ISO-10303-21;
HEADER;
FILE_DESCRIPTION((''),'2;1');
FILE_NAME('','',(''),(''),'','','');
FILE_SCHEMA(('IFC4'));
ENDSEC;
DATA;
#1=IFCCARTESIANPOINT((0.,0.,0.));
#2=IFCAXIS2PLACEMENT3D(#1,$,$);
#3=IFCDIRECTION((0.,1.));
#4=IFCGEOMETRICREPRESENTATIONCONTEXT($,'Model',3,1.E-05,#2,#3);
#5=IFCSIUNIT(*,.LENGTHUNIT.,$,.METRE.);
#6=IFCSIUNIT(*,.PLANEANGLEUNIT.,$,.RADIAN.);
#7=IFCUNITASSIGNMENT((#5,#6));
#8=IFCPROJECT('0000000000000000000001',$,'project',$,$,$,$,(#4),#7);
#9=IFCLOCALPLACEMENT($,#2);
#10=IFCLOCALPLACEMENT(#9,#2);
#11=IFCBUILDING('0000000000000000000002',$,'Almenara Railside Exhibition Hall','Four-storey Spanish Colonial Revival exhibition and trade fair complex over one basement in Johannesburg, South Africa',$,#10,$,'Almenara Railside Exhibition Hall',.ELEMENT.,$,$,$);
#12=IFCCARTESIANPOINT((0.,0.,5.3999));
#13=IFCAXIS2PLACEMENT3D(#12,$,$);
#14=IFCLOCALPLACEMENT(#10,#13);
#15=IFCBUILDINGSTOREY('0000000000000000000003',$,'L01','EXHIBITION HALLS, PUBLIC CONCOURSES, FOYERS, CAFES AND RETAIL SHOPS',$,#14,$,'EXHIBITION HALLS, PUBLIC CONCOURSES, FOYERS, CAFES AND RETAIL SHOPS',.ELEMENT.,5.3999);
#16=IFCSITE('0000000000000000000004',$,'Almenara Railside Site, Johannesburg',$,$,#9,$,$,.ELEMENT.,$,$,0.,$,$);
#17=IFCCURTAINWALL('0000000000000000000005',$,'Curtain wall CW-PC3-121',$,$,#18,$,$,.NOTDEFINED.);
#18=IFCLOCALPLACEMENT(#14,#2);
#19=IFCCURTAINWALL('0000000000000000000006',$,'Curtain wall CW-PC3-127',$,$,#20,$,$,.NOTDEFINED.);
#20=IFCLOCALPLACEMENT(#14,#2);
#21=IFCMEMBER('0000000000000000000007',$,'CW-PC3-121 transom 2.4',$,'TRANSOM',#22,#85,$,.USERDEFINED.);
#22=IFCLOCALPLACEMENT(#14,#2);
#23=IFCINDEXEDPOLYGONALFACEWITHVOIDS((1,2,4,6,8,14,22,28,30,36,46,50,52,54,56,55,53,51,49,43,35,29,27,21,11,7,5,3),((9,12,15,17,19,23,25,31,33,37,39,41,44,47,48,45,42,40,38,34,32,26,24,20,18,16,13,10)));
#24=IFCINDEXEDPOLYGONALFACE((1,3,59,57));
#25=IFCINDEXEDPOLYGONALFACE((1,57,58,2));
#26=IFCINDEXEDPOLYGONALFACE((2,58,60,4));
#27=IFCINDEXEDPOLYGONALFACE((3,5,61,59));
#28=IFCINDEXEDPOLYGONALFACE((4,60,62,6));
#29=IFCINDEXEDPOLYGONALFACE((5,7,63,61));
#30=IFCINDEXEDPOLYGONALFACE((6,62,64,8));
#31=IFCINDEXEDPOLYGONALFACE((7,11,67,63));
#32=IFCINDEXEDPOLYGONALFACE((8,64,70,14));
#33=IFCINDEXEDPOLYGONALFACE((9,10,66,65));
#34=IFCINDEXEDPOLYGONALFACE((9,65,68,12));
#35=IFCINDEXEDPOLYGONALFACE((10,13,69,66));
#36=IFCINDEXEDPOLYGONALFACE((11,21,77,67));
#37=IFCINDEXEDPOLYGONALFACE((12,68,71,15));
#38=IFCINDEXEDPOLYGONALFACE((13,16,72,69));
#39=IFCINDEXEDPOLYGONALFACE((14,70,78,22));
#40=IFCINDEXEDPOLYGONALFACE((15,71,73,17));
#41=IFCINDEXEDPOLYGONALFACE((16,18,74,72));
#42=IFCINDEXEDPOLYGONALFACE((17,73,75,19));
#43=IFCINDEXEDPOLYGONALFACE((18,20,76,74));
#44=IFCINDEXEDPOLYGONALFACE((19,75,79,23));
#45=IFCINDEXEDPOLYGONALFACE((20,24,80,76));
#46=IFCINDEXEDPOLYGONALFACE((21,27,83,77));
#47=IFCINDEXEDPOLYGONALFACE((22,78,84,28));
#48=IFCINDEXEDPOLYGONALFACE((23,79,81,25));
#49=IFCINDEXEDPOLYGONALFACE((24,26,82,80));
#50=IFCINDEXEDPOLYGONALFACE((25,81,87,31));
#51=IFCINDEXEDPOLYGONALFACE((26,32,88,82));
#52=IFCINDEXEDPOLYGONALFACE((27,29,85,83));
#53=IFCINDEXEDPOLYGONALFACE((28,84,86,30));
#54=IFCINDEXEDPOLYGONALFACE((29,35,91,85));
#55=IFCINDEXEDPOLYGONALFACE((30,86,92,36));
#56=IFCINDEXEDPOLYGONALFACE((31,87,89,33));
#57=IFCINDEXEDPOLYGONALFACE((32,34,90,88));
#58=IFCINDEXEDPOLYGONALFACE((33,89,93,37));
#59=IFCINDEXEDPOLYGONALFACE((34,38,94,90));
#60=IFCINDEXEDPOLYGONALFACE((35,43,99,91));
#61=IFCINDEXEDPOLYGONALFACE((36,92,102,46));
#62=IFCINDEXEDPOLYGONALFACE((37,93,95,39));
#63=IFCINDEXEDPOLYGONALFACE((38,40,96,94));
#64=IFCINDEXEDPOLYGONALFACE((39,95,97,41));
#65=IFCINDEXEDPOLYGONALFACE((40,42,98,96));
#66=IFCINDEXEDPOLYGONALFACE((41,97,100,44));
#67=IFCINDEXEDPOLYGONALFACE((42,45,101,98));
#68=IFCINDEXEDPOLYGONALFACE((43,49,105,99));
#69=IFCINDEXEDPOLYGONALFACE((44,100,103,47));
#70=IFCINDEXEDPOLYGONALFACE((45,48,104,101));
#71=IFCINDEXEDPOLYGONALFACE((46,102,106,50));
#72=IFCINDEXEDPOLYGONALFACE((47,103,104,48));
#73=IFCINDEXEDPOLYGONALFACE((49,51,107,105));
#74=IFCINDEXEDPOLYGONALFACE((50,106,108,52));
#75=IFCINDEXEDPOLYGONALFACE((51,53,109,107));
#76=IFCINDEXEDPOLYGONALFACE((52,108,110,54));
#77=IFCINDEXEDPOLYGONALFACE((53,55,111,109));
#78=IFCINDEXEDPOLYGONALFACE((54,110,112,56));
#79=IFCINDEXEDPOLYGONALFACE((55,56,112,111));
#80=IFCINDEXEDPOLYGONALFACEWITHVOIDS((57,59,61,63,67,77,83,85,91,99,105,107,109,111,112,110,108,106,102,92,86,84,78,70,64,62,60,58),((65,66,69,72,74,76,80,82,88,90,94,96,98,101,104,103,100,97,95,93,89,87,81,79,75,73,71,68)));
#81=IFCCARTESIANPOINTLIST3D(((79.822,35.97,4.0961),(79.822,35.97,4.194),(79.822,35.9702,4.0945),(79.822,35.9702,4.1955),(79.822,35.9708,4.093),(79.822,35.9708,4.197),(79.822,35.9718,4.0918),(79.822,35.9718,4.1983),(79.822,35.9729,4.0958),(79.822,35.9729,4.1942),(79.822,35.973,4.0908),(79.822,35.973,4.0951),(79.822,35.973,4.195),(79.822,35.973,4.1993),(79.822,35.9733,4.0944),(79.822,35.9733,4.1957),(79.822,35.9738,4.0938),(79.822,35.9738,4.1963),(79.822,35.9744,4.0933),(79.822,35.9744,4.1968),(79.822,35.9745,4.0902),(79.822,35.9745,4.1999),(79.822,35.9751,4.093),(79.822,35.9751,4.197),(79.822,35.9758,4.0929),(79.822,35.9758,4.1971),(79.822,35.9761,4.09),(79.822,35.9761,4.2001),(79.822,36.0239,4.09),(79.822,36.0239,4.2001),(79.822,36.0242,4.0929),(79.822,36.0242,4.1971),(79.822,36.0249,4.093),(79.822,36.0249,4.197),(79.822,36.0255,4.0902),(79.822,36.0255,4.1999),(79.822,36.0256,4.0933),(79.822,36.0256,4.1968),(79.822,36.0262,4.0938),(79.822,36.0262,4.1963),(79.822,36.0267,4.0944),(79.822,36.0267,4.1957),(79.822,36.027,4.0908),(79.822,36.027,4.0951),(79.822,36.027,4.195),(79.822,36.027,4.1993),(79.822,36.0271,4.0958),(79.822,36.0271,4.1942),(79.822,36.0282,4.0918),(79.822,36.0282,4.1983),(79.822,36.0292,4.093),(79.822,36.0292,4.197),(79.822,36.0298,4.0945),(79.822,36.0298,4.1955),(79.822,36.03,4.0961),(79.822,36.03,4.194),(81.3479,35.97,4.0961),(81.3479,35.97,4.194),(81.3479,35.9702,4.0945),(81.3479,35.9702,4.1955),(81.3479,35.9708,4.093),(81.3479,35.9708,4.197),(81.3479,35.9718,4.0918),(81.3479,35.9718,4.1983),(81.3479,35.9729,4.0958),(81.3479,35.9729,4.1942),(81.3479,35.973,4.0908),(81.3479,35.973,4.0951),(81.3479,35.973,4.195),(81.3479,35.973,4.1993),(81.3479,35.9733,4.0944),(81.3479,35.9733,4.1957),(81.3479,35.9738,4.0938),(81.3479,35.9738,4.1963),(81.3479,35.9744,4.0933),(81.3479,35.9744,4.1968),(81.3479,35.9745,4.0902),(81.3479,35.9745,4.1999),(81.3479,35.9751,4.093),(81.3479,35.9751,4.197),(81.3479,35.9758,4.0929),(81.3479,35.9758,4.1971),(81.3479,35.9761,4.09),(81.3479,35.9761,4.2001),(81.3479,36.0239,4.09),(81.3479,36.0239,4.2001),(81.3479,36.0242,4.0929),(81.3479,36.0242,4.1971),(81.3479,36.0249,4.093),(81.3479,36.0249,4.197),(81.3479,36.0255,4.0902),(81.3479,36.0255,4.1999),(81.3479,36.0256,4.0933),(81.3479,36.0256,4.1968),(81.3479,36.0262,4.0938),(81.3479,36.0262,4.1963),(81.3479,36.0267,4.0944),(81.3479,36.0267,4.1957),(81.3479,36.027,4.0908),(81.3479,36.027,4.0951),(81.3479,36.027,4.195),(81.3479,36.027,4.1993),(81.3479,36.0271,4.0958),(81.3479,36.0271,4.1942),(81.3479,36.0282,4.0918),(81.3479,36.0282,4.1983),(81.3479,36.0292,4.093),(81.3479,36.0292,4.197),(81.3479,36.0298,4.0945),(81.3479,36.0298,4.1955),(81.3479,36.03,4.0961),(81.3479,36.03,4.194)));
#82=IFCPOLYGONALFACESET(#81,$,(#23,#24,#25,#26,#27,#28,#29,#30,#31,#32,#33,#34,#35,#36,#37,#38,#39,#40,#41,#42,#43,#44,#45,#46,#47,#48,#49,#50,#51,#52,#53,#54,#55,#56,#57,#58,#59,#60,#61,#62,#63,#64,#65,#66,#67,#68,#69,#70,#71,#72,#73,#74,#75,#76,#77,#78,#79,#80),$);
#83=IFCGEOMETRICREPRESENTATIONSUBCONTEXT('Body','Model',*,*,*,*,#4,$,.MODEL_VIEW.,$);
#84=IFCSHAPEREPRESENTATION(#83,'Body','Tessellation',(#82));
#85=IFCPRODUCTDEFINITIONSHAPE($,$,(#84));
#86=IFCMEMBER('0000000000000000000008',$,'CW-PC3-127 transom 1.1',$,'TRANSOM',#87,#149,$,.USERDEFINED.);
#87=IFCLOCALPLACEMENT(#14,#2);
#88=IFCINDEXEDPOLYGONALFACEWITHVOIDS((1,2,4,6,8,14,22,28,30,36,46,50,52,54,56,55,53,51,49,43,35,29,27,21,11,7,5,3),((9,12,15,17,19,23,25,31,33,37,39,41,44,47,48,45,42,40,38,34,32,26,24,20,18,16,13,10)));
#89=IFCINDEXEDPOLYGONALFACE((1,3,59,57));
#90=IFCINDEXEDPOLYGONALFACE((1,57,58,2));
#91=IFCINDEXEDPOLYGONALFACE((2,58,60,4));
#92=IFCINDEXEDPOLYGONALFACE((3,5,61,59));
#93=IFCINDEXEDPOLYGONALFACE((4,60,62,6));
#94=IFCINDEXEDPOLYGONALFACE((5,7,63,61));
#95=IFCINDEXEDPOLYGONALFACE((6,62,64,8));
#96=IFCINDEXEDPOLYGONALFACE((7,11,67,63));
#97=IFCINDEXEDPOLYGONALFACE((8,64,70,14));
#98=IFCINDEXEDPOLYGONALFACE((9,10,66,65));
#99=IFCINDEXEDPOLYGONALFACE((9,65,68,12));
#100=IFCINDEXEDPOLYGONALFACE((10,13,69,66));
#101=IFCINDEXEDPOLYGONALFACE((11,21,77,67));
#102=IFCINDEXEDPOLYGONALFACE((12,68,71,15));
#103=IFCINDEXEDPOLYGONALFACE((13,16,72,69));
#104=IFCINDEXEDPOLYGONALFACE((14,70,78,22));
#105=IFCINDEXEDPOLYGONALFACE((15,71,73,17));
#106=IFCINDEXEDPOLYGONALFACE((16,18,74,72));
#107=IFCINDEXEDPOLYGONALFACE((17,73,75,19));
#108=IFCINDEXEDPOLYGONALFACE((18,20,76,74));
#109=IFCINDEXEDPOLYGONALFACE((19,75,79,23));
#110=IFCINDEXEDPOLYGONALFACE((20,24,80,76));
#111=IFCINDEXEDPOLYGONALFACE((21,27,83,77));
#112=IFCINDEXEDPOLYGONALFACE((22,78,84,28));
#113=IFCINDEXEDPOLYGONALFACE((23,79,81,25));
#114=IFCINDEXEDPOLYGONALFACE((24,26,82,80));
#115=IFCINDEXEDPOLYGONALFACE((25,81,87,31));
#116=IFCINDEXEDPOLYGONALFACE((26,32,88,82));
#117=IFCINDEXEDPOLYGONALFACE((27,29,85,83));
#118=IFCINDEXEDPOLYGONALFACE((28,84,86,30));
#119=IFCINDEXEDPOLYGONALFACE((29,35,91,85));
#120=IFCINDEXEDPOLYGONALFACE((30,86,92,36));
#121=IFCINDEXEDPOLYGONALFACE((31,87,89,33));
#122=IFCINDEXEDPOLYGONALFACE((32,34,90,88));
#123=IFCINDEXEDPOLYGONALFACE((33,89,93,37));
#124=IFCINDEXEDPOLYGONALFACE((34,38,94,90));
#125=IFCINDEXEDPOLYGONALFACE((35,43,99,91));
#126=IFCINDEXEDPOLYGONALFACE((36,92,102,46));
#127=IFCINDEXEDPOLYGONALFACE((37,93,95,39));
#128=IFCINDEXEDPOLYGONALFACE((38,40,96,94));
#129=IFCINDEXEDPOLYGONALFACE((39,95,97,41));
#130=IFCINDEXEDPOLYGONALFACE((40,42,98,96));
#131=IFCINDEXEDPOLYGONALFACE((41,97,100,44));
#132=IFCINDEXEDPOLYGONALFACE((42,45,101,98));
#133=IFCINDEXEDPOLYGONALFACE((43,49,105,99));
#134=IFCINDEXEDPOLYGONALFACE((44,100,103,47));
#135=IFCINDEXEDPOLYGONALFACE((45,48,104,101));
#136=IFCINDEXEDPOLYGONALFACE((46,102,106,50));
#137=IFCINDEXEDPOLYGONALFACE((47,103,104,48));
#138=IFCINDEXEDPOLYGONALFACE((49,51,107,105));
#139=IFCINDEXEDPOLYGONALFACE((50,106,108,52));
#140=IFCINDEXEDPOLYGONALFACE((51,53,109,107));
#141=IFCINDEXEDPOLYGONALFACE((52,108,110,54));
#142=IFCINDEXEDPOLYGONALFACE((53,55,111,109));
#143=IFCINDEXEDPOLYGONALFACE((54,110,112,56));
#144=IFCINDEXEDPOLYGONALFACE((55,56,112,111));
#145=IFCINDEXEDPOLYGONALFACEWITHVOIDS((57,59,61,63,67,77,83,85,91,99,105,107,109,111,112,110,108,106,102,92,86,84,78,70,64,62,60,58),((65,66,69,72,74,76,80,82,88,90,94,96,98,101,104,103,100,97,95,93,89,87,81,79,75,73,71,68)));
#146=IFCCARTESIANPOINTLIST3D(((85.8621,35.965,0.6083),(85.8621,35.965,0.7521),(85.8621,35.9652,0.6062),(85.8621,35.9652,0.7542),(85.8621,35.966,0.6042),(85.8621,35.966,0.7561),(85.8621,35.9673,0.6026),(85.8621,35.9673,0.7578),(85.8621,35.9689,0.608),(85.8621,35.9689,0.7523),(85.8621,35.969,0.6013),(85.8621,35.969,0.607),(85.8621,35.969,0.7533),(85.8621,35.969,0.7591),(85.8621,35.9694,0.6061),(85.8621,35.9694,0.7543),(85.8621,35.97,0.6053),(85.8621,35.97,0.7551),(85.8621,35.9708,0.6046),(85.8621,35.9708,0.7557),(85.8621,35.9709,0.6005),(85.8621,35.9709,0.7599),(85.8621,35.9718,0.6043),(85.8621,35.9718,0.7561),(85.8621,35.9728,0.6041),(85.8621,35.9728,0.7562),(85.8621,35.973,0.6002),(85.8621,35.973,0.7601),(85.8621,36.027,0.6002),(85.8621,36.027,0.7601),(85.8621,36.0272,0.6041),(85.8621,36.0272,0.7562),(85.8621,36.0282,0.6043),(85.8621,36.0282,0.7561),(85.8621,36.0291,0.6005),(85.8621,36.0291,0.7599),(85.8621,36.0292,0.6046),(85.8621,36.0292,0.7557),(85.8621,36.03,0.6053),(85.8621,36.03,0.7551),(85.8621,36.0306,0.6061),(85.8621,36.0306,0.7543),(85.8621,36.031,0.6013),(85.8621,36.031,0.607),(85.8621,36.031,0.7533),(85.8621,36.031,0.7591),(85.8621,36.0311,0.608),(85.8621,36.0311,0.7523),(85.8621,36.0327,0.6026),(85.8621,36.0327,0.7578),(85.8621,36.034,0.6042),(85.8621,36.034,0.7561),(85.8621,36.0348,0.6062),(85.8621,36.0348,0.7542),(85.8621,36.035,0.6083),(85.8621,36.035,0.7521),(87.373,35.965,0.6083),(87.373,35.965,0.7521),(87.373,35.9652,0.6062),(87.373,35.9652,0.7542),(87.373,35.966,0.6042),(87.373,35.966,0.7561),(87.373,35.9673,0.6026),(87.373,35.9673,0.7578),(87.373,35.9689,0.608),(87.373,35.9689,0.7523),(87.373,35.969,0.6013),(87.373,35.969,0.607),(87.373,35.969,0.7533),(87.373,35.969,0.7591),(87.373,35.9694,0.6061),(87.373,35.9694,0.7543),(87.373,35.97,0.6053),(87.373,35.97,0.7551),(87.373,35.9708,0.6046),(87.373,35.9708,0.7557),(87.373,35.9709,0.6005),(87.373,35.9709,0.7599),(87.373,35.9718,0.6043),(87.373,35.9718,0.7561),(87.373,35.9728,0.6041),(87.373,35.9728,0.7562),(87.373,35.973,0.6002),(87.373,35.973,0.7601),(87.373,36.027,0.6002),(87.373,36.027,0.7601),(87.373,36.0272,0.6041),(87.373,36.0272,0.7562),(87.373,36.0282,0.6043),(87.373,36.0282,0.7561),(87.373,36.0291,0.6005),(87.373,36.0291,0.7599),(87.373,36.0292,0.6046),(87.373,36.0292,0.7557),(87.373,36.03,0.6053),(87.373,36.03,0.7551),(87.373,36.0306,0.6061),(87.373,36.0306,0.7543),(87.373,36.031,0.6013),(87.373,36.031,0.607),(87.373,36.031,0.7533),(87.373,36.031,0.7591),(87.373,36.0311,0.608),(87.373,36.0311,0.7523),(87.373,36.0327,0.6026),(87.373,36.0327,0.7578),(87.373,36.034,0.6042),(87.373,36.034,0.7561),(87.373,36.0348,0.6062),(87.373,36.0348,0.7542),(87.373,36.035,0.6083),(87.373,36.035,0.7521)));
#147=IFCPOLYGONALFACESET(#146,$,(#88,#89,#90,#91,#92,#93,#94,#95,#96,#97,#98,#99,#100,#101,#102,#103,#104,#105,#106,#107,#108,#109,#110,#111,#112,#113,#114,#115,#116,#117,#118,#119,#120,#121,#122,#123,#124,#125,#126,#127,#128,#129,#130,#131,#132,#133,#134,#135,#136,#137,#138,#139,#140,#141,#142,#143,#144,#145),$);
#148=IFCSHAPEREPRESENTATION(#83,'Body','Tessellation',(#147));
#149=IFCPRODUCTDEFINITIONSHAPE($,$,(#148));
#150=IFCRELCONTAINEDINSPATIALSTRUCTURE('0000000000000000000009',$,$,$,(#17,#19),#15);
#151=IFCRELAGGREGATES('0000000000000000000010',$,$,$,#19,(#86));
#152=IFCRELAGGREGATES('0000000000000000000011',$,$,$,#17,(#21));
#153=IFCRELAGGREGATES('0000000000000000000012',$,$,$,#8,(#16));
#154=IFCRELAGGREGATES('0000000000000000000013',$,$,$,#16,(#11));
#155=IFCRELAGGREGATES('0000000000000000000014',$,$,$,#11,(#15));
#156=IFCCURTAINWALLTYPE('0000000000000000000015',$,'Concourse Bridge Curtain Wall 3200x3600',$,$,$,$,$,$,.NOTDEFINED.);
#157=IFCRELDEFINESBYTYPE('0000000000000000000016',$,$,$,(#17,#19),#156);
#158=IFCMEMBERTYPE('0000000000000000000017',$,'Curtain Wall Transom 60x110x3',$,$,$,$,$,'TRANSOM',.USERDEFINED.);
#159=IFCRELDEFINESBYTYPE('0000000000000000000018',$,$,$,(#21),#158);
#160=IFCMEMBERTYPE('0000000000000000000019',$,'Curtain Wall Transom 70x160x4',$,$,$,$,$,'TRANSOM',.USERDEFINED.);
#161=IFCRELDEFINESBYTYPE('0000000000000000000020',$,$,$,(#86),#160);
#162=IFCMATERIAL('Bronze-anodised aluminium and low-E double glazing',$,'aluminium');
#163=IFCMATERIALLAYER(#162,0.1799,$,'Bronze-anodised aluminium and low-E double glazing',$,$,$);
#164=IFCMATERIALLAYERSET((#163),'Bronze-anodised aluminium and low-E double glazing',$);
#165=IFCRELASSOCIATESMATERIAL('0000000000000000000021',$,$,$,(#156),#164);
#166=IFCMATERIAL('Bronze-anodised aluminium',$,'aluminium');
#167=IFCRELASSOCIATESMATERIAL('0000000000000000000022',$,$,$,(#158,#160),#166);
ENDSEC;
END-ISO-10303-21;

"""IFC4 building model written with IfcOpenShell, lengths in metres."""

from ifc_helpers import new_model, si_unit, direction, frame, origin, origin_2d, place, context, subcontext, project, spatial, hollow_rectangle, extrude, material, layer, layer_set, material_profile, profile_set, type_object, element, aggregate, save


model = new_model("IFC4")

# Units and contexts
model_context = context("Model", 3, precision=1e-05, world=origin(), true_north=direction((0.0, 1.0)))
body_context = subcontext(model_context, "Body", "Model", "MODEL_VIEW")
ifc_project = project(units=[si_unit("LENGTHUNIT", "METRE"), si_unit("PLANEANGLEUNIT", "RADIAN")], contexts=[model_context])

# Site, building, storey
site_placement = place(None, origin())
site = spatial("IfcSite", under=ifc_project, at=site_placement, Name="Almenara Railside Site, Johannesburg", CompositionType="ELEMENT", RefElevation=0.0)
building_placement = place(site_placement, origin())
building = spatial("IfcBuilding", under=site, at=building_placement, Name="Almenara Railside Exhibition Hall", Description="Four-storey Spanish Colonial Revival exhibition and trade fair complex over one basement in Johannesburg, South Africa", LongName="Almenara Railside Exhibition Hall", CompositionType="ELEMENT")
storey_placement = place(building_placement, frame((0.0, 0.0, 5.3999)))
storey = spatial("IfcBuildingStorey", under=building, at=storey_placement, Name="L01", Description="EXHIBITION HALLS, PUBLIC CONCOURSES, FOYERS, CAFES AND RETAIL SHOPS", LongName="EXHIBITION HALLS, PUBLIC CONCOURSES, FOYERS, CAFES AND RETAIL SHOPS", CompositionType="ELEMENT", Elevation=5.3999)

# Curtain wall
ifc_material_1 = material(Name="Bronze-anodised aluminium and low-E double glazing", Category="aluminium")
ifc_layer_1 = layer(ifc_material_1, 0.1799, Name="Bronze-anodised aluminium and low-E double glazing")
ifc_layer_set_1 = layer_set([ifc_layer_1], Name="Bronze-anodised aluminium and low-E double glazing")
curtain_wall_type = type_object("IfcCurtainWallType", Name="Concourse Bridge Curtain Wall 3200x3600", PredefinedType="NOTDEFINED", material=ifc_layer_set_1)
curtain_wall_1_placement = place(storey_placement, origin())
curtain_wall_1 = element("IfcCurtainWall", 1, at=curtain_wall_1_placement, inside=storey, type_object=curtain_wall_type, Name="Curtain wall CW-PC3-121", PredefinedType="NOTDEFINED")
ifc_material_2 = material(Name="Bronze-anodised aluminium", Category="aluminium")

# Curtain wall
curtain_wall_2_placement = place(storey_placement, origin())
curtain_wall_2 = element("IfcCurtainWall", 2, at=curtain_wall_2_placement, inside=storey, type_object=curtain_wall_type, Name="Curtain wall CW-PC3-127", PredefinedType="NOTDEFINED")

# Members
ifc_material_profile_1 = material_profile(ifc_material_2, hollow_rectangle(XDim=0.0601, YDim=0.1101, WallThickness=0.0029, InnerFilletRadius=0.0029, OuterFilletRadius=0.0061, at=origin_2d()), Name="ALU-TRN 60x110x3")
ifc_profile_set_1 = profile_set([ifc_material_profile_1], Name="Bronze-anodised aluminium")
member_type_1 = type_object("IfcMemberType", Name="Curtain Wall Transom 60x110x3", ElementType="TRANSOM", PredefinedType="USERDEFINED", material=ifc_profile_set_1)
member_1_placement = place(storey_placement, frame((79.822, 36.0, 4.145), z_axis=(1.0, 0.0, 0.0), x_axis=(0.0, 1.0, 0.0)))
member_1 = element("IfcMember", 3, at=member_1_placement, type_object=member_type_1, Name="CW-PC3-121 transom 2.4", ObjectType="TRANSOM", PredefinedType="USERDEFINED", context=body_context, shape_type="SweptSolid", body=[
    extrude(hollow_rectangle(XDim=0.0601, YDim=0.1101, WallThickness=0.0029, InnerFilletRadius=0.0029, OuterFilletRadius=0.0061, at=origin_2d()), origin(), (0.0, 0.0, 1.0), 1.5259),
])
ifc_material_profile_2 = material_profile(ifc_material_2, hollow_rectangle(XDim=0.0701, YDim=0.1599, WallThickness=0.0039, InnerFilletRadius=0.0039, OuterFilletRadius=0.0081, at=origin_2d()), Name="ALU-TRN 70x160x4")
ifc_profile_set_2 = profile_set([ifc_material_profile_2], Name="Bronze-anodised aluminium")
member_type_2 = type_object("IfcMemberType", Name="Curtain Wall Transom 70x160x4", ElementType="TRANSOM", PredefinedType="USERDEFINED", material=ifc_profile_set_2)
member_2_placement = place(storey_placement, frame((85.8621, 36.0, 0.6802), z_axis=(1.0, 0.0, 0.0), x_axis=(0.0, 1.0, 0.0)))
member_2 = element("IfcMember", 4, at=member_2_placement, type_object=member_type_2, Name="CW-PC3-127 transom 1.1", ObjectType="TRANSOM", PredefinedType="USERDEFINED", context=body_context, shape_type="SweptSolid", body=[
    extrude(hollow_rectangle(XDim=0.0701, YDim=0.1599, WallThickness=0.0039, InnerFilletRadius=0.0039, OuterFilletRadius=0.0081, at=origin_2d()), origin(), (0.0, 0.0, 1.0), 1.511),
])
aggregate(curtain_wall_2, [member_2])

aggregate(curtain_wall_1, [member_1])

save(model, "model.ifc")
